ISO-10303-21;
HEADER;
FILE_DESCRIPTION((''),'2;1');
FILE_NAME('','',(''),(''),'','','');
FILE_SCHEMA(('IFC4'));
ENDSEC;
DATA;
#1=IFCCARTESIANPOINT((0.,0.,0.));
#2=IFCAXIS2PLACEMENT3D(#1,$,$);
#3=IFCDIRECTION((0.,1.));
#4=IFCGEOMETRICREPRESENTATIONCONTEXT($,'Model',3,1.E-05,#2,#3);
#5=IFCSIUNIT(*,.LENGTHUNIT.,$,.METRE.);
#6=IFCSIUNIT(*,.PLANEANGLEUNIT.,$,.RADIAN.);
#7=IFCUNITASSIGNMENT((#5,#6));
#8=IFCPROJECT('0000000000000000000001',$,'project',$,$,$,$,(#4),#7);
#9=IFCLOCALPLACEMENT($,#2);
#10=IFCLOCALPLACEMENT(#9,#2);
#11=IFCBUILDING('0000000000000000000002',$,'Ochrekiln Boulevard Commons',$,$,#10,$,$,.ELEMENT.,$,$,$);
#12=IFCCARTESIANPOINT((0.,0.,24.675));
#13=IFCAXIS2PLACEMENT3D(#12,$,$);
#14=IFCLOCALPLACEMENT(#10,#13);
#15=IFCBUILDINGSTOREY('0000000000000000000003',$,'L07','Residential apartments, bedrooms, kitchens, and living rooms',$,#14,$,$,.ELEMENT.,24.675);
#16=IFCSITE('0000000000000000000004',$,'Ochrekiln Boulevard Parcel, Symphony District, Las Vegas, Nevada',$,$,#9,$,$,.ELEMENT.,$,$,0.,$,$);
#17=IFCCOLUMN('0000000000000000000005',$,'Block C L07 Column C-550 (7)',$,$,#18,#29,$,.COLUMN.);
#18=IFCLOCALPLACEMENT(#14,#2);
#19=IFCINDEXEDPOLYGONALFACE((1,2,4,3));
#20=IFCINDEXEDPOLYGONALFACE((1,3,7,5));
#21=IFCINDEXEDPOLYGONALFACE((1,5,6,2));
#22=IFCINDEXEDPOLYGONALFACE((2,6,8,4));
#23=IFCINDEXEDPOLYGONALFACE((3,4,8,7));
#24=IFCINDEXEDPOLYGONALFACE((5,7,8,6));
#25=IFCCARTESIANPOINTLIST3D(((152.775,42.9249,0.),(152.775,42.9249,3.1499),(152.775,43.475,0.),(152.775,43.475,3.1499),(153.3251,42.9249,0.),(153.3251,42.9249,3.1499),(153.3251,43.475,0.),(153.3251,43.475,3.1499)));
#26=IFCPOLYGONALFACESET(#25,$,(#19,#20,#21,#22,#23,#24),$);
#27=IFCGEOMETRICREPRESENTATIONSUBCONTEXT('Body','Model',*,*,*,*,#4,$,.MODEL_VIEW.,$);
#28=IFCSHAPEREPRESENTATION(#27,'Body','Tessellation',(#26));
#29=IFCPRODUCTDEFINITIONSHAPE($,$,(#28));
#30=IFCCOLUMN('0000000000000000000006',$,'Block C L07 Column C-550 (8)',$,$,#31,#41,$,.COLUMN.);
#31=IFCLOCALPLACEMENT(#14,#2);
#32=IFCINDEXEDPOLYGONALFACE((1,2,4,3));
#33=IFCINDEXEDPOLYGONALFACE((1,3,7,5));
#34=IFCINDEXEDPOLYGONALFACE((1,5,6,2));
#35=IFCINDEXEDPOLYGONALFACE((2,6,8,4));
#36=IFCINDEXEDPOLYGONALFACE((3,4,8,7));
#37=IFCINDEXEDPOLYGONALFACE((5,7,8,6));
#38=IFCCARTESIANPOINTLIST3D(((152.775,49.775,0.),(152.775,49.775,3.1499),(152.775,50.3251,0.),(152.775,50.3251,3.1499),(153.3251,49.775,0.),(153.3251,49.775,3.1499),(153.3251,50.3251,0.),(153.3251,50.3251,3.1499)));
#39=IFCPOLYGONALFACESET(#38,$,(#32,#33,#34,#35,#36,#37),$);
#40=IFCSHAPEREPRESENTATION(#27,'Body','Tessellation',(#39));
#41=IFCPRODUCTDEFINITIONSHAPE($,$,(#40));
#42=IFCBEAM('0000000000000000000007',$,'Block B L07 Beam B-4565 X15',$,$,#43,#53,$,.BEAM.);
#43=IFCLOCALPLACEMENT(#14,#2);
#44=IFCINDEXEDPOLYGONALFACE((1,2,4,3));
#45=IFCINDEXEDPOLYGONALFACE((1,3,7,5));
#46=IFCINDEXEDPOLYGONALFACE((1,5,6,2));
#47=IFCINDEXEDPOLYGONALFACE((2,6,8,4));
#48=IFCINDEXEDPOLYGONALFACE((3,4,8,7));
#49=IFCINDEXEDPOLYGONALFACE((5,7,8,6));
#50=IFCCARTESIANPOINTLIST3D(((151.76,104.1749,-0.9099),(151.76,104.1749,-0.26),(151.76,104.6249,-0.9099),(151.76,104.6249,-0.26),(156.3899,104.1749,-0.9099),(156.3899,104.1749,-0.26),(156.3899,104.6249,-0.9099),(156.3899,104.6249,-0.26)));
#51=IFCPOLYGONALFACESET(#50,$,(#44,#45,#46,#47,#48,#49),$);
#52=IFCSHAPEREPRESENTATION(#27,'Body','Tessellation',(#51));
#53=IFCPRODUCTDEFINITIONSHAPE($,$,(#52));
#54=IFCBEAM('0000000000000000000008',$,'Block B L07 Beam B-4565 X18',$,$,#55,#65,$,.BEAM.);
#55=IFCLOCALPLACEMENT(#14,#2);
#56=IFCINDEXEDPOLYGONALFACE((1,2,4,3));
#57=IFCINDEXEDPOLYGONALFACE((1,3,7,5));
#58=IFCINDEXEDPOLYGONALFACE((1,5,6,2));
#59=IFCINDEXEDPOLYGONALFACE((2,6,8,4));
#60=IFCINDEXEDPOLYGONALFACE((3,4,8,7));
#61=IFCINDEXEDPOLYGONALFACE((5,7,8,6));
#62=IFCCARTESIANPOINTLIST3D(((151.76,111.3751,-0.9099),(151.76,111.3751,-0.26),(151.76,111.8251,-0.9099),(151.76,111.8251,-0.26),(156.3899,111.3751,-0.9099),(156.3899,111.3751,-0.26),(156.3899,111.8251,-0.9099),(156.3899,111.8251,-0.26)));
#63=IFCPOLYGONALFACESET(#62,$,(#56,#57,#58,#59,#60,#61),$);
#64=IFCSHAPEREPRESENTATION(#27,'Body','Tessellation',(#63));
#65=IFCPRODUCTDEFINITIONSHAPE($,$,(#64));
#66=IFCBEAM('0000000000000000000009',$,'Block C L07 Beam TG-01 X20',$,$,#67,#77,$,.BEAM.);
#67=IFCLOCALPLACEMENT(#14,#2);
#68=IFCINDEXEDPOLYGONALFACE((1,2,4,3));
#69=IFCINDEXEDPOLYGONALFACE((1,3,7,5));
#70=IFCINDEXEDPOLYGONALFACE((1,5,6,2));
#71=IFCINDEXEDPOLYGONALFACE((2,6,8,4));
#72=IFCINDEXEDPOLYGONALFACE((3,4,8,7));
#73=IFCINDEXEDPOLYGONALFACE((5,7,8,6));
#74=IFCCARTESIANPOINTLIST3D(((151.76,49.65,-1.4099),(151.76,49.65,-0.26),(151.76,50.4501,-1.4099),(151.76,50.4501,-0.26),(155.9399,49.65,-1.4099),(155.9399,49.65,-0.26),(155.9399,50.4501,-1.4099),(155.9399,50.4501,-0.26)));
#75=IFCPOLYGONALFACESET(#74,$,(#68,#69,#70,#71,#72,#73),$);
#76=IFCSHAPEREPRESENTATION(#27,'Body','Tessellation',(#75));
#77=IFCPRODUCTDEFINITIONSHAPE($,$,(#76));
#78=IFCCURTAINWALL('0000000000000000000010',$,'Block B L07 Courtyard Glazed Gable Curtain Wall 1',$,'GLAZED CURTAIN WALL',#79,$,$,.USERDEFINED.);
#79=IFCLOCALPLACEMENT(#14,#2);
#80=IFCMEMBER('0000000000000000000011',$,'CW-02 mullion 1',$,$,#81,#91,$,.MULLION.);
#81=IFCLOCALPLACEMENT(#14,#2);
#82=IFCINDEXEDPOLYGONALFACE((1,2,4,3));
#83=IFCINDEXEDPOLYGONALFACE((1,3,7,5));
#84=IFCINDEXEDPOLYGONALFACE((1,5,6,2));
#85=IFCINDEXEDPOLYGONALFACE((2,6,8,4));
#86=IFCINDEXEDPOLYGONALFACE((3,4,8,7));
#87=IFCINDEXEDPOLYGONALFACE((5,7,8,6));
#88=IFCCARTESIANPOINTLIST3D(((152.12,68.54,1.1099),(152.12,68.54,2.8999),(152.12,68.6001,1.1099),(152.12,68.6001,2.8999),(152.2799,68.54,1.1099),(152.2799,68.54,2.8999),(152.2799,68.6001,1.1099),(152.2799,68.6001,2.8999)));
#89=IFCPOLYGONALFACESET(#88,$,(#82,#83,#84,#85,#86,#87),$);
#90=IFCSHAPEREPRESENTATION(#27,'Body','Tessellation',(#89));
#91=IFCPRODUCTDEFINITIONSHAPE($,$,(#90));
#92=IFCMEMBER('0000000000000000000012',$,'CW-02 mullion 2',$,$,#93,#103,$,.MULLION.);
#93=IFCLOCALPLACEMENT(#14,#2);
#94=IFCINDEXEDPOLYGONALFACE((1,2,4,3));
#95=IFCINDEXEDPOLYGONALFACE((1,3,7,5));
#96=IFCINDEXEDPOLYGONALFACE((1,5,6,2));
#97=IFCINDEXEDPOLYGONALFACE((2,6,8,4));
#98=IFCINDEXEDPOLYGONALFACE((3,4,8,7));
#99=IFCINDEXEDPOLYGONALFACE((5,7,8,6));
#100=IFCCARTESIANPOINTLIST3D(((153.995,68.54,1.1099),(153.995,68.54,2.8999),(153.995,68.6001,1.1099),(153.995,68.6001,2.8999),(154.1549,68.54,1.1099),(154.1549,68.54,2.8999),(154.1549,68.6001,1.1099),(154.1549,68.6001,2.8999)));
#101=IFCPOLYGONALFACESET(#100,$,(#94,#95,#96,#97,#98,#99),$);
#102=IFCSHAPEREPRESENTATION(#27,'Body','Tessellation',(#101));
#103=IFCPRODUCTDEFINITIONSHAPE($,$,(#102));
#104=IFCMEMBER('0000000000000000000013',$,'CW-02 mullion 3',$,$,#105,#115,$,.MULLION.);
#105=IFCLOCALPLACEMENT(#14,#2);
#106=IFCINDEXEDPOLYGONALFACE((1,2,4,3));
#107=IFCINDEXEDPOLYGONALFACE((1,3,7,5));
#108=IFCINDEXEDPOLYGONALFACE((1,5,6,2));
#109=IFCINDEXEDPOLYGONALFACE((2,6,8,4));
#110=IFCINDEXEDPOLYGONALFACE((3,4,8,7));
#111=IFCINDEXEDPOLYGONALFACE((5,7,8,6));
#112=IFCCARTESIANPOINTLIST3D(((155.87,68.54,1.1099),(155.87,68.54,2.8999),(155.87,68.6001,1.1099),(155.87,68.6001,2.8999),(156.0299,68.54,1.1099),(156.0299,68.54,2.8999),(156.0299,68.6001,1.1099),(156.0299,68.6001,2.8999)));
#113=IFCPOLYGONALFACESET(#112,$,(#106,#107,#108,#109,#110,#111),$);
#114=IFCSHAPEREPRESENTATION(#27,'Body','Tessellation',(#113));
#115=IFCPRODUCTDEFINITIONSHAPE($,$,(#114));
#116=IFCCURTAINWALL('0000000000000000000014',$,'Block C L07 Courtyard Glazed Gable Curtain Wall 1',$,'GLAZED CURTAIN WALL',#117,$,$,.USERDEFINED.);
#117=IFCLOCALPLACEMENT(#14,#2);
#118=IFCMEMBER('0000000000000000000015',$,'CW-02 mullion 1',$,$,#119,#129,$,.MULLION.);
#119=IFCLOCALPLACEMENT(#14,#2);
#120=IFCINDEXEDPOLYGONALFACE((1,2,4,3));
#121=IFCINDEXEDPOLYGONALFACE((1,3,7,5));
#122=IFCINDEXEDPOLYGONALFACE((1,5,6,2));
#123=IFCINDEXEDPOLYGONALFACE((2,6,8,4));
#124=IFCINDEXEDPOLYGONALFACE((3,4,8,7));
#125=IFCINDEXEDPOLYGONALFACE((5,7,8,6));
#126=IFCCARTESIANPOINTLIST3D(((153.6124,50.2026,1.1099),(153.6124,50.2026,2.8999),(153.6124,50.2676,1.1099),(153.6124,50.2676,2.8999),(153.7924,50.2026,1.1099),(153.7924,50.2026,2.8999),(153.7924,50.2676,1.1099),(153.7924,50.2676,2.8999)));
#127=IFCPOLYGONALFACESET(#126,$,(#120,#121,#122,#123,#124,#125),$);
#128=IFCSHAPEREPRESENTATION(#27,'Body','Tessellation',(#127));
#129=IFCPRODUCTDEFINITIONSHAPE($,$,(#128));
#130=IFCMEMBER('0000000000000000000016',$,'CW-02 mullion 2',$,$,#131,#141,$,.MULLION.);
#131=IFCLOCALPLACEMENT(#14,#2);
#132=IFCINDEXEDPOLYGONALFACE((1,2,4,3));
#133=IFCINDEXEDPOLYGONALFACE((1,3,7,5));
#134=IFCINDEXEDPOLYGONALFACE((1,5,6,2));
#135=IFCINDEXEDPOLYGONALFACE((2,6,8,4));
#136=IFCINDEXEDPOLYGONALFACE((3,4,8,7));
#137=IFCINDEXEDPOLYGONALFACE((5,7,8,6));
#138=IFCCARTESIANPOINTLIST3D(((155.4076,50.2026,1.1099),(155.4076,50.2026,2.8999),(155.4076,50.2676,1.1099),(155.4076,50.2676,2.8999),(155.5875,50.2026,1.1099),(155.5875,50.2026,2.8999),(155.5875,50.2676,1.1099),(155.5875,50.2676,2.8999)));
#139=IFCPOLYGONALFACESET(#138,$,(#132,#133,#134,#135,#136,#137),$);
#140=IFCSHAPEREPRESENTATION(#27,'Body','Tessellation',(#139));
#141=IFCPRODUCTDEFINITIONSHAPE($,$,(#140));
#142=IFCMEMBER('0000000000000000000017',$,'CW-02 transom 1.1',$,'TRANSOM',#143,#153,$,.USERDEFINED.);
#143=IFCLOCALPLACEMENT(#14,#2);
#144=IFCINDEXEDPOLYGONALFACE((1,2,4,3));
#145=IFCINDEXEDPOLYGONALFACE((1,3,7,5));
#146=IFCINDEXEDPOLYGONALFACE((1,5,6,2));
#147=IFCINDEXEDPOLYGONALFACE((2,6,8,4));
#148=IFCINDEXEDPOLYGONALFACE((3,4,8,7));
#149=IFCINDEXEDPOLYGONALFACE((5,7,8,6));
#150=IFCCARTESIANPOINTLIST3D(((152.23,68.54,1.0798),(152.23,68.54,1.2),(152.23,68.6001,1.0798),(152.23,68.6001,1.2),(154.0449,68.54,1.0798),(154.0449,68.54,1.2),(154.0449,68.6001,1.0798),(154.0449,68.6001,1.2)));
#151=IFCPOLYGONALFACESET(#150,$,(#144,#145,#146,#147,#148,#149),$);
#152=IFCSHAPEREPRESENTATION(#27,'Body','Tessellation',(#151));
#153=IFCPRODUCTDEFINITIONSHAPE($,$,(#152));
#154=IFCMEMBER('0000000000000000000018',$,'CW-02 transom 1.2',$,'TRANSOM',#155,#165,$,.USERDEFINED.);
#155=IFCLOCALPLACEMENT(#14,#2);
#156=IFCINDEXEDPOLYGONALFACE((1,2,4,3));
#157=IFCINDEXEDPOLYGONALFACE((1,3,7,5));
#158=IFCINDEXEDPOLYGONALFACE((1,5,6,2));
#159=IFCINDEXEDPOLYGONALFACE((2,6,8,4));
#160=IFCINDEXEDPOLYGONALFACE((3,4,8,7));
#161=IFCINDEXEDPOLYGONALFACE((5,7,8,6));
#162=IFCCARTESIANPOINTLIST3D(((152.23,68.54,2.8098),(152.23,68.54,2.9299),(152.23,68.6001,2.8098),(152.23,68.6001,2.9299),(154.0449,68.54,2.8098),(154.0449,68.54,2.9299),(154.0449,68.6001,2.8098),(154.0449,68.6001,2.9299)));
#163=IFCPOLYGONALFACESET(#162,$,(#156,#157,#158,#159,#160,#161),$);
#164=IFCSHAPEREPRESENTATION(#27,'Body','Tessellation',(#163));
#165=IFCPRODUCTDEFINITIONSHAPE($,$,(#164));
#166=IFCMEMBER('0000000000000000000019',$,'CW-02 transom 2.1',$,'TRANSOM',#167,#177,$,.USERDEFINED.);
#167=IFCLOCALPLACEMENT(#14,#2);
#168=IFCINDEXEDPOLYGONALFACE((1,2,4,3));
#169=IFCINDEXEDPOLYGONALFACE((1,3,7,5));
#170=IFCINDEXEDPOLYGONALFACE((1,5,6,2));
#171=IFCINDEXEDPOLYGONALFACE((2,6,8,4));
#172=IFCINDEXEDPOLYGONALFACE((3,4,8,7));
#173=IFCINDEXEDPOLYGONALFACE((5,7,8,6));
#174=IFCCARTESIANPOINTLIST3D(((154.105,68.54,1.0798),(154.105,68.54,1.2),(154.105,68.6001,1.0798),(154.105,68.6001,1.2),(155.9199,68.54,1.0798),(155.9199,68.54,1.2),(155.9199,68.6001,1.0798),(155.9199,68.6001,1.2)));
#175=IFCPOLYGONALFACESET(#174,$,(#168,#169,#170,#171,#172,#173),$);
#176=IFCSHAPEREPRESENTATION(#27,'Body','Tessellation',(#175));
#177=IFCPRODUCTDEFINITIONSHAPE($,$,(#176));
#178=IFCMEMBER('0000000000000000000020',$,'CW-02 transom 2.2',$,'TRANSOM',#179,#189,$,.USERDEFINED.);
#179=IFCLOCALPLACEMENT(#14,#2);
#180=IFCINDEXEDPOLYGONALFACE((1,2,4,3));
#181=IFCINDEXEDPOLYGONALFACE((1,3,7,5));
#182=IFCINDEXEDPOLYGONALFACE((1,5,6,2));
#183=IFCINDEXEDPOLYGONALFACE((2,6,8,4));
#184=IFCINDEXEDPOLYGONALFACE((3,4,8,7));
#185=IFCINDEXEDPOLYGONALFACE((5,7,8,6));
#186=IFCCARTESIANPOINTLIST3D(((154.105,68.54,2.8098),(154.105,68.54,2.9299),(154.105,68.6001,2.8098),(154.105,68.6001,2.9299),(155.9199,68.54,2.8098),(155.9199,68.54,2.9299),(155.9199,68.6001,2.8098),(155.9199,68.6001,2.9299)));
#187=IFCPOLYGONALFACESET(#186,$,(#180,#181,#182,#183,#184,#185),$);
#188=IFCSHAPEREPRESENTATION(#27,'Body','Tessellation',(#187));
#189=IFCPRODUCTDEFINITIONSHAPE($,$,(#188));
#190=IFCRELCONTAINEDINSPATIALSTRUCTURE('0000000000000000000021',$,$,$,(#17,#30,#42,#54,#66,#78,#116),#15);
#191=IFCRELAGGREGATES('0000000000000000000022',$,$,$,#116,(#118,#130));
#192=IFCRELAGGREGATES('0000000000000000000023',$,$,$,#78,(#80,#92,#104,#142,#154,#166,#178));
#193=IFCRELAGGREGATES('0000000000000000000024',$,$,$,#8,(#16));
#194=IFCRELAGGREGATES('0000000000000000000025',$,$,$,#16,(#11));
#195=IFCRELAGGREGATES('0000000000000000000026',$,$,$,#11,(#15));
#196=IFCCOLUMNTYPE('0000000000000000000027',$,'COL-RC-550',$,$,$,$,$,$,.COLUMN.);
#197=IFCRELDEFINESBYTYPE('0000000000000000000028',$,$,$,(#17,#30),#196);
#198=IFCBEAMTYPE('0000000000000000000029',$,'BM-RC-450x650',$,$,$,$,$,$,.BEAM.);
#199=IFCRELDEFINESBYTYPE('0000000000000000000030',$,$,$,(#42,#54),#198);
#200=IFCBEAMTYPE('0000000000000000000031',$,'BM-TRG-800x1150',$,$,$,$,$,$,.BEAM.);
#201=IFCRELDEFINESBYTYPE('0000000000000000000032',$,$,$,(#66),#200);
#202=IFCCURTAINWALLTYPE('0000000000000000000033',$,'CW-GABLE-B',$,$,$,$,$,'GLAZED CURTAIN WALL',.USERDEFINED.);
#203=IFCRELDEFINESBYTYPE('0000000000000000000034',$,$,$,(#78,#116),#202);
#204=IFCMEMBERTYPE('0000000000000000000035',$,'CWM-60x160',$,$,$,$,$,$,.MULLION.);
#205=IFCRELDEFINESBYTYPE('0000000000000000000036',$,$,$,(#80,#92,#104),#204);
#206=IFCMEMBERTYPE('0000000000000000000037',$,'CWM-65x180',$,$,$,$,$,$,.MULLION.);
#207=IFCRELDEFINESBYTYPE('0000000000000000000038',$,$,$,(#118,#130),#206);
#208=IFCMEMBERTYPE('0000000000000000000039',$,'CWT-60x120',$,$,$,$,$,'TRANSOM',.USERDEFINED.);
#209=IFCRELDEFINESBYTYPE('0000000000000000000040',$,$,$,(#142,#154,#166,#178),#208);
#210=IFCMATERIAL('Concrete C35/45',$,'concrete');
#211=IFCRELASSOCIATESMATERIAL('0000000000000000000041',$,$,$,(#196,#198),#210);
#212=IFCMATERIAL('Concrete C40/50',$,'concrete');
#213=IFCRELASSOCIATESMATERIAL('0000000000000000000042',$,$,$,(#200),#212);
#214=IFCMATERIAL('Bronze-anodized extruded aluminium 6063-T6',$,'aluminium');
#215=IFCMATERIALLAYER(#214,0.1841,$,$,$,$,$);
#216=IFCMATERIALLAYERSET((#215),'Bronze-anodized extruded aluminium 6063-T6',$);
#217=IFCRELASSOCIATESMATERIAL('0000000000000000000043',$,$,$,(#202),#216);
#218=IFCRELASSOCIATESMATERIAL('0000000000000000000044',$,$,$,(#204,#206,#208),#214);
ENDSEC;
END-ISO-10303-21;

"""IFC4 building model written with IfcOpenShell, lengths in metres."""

from ifc_helpers import new_model, si_unit, direction, frame, origin, origin_2d, place, context, subcontext, project, spatial, rectangle, extrude, material, layer, layer_set, material_profile, profile_set, type_object, element, aggregate, save


model = new_model("IFC4")

# Units and contexts
model_context = context("Model", 3, precision=1e-05, world=origin(), true_north=direction((0.0, 1.0)))
body_context = subcontext(model_context, "Body", "Model", "MODEL_VIEW")
ifc_project = project(units=[si_unit("LENGTHUNIT", "METRE"), si_unit("PLANEANGLEUNIT", "RADIAN")], contexts=[model_context])

# Site, building, storey
site_placement = place(None, origin())
site = spatial("IfcSite", under=ifc_project, at=site_placement, Name="Ochrekiln Boulevard Parcel, Symphony District, Las Vegas, Nevada", CompositionType="ELEMENT", RefElevation=0.0)
building_placement = place(site_placement, origin())
building = spatial("IfcBuilding", under=site, at=building_placement, Name="Ochrekiln Boulevard Commons", CompositionType="ELEMENT")
storey_placement = place(building_placement, frame((0.0, 0.0, 24.675)))
storey = spatial("IfcBuildingStorey", under=building, at=storey_placement, Name="L07", Description="Residential apartments, bedrooms, kitchens, and living rooms", CompositionType="ELEMENT", Elevation=24.675)

# Columns
ifc_material_1 = material(Name="Concrete C35/45", Category="concrete")
ifc_material_profile_1 = material_profile(ifc_material_1, rectangle(XDim=0.55, YDim=0.55, at=origin_2d()), Name="RC-COL-550x550")
ifc_profile_set_1 = profile_set([ifc_material_profile_1], Name="Concrete C35/45")
column_type = type_object("IfcColumnType", Name="COL-RC-550", PredefinedType="COLUMN", material=ifc_profile_set_1)
for number, where, z_axis, x_axis, name in (
    (1, (153.05, 43.2, 0.0), (0.0, 0.0, 1.0), (1.0, 0.0, 0.0), "Block C L07 Column C-550 (7)"),
    (2, (153.05, 50.05, 0.0), (0.0, 0.0, 1.0), (1.0, 0.0, 0.0), "Block C L07 Column C-550 (8)"),
):
    element("IfcColumn", number, at=place(storey_placement, frame(where, z_axis=z_axis, x_axis=x_axis)), inside=storey, type_object=column_type, Name=name, PredefinedType="COLUMN", context=body_context, shape_type="SweptSolid", body=[
        extrude(rectangle(XDim=0.55, YDim=0.55, at=origin_2d()), origin(), (0.0, 0.0, 1.0), 3.1499),
    ])

# Beams
ifc_material_profile_2 = material_profile(ifc_material_1, rectangle(XDim=0.45, YDim=0.6499, at=origin_2d()), Name="RC-BM-450x650")
ifc_profile_set_2 = profile_set([ifc_material_profile_2], Name="Concrete C35/45")
beam_type_1 = type_object("IfcBeamType", Name="BM-RC-450x650", PredefinedType="BEAM", material=ifc_profile_set_2)
for number, where, z_axis, x_axis, name in (
    (3, (151.76, 104.3999, -0.585), (1.0, 0.0, 0.0), (0.0, 1.0, 0.0), "Block B L07 Beam B-4565 X15"),
    (4, (151.76, 111.6001, -0.585), (1.0, 0.0, 0.0), (0.0, 1.0, 0.0), "Block B L07 Beam B-4565 X18"),
):
    element("IfcBeam", number, at=place(storey_placement, frame(where, z_axis=z_axis, x_axis=x_axis)), inside=storey, type_object=beam_type_1, Name=name, PredefinedType="BEAM", context=body_context, shape_type="SweptSolid", body=[
        extrude(rectangle(XDim=0.45, YDim=0.6499, at=origin_2d()), origin(), (0.0, 0.0, 1.0), 4.6299),
    ])
ifc_material_2 = material(Name="Concrete C40/50", Category="concrete")
ifc_material_profile_3 = material_profile(ifc_material_2, rectangle(XDim=0.8, YDim=1.1499, at=origin_2d()), Name="RC-TRG-800x1150")
ifc_profile_set_3 = profile_set([ifc_material_profile_3], Name="Concrete C40/50")
beam_type_2 = type_object("IfcBeamType", Name="BM-TRG-800x1150", PredefinedType="BEAM", material=ifc_profile_set_3)
beam_1_placement = place(storey_placement, frame((151.76, 50.05, -0.835), z_axis=(1.0, 0.0, 0.0), x_axis=(0.0, 1.0, 0.0)))
element("IfcBeam", 5, at=beam_1_placement, inside=storey, type_object=beam_type_2, Name="Block C L07 Beam TG-01 X20", PredefinedType="BEAM", context=body_context, shape_type="SweptSolid", body=[
    extrude(rectangle(XDim=0.8, YDim=1.1499, at=origin_2d()), origin(), (0.0, 0.0, 1.0), 4.1799),
])

# Curtain walls, members
ifc_material_3 = material(Name="Bronze-anodized extruded aluminium 6063-T6", Category="aluminium")
ifc_layer_1 = layer(ifc_material_3, 0.1841)
ifc_layer_set_1 = layer_set([ifc_layer_1], Name="Bronze-anodized extruded aluminium 6063-T6")
curtain_wall_type = type_object("IfcCurtainWallType", Name="CW-GABLE-B", ElementType="GLAZED CURTAIN WALL", PredefinedType="USERDEFINED", material=ifc_layer_set_1)
curtain_wall_1_placement = place(storey_placement, origin())
curtain_wall_1 = element("IfcCurtainWall", 6, at=curtain_wall_1_placement, inside=storey, type_object=curtain_wall_type, Name="Block B L07 Courtyard Glazed Gable Curtain Wall 1", ObjectType="GLAZED CURTAIN WALL", PredefinedType="USERDEFINED")
ifc_material_profile_4 = material_profile(ifc_material_3, rectangle(XDim=0.0601, YDim=0.1599, at=origin_2d()), Name="ALU-MUL-60x160")
ifc_profile_set_4 = profile_set([ifc_material_profile_4], Name="Bronze-anodized extruded aluminium 6063-T6")
member_type_1 = type_object("IfcMemberType", Name="CWM-60x160", PredefinedType="MULLION", material=ifc_profile_set_4)
member_1_placement = place(storey_placement, frame((152.2, 68.5701, 1.1099), z_axis=(0.0, 0.0, 1.0), x_axis=(0.0, 1.0, 0.0)))
member_1 = element("IfcMember", 7, at=member_1_placement, type_object=member_type_1, Name="CW-02 mullion 1", PredefinedType="MULLION", context=body_context, shape_type="SweptSolid", body=[
    extrude(rectangle(XDim=0.0601, YDim=0.1599, at=origin_2d()), origin(), (0.0, 0.0, 1.0), 1.79),
])
member_2_placement = place(storey_placement, frame((154.075, 68.5701, 1.1099), z_axis=(0.0, 0.0, 1.0), x_axis=(0.0, 1.0, 0.0)))
member_2 = element("IfcMember", 8, at=member_2_placement, type_object=member_type_1, Name="CW-02 mullion 2", PredefinedType="MULLION", context=body_context, shape_type="SweptSolid", body=[
    extrude(rectangle(XDim=0.0601, YDim=0.1599, at=origin_2d()), origin(), (0.0, 0.0, 1.0), 1.79),
])
member_3_placement = place(storey_placement, frame((155.95, 68.5701, 1.1099), z_axis=(0.0, 0.0, 1.0), x_axis=(0.0, 1.0, 0.0)))
member_3 = element("IfcMember", 9, at=member_3_placement, type_object=member_type_1, Name="CW-02 mullion 3", PredefinedType="MULLION", context=body_context, shape_type="SweptSolid", body=[
    extrude(rectangle(XDim=0.0601, YDim=0.1599, at=origin_2d()), origin(), (0.0, 0.0, 1.0), 1.79),
])
curtain_wall_2_placement = place(storey_placement, origin())
curtain_wall_2 = element("IfcCurtainWall", 10, at=curtain_wall_2_placement, inside=storey, type_object=curtain_wall_type, Name="Block C L07 Courtyard Glazed Gable Curtain Wall 1", ObjectType="GLAZED CURTAIN WALL", PredefinedType="USERDEFINED")
ifc_material_profile_5 = material_profile(ifc_material_3, rectangle(XDim=0.0649, YDim=0.1799, at=origin_2d()), Name="ALU-MUL-65x180")
ifc_profile_set_5 = profile_set([ifc_material_profile_5], Name="Bronze-anodized extruded aluminium 6063-T6")
member_type_2 = type_object("IfcMemberType", Name="CWM-65x180", PredefinedType="MULLION", material=ifc_profile_set_5)
member_4_placement = place(storey_placement, frame((153.7024, 50.2351, 1.1099), z_axis=(0.0, 0.0, 1.0), x_axis=(0.0, 1.0, 0.0)))
member_4 = element("IfcMember", 11, at=member_4_placement, type_object=member_type_2, Name="CW-02 mullion 1", PredefinedType="MULLION", context=body_context, shape_type="SweptSolid", body=[
    extrude(rectangle(XDim=0.0649, YDim=0.1799, at=origin_2d()), origin(), (0.0, 0.0, 1.0), 1.79),
])
member_5_placement = place(storey_placement, frame((155.4976, 50.2351, 1.1099), z_axis=(0.0, 0.0, 1.0), x_axis=(0.0, 1.0, 0.0)))
member_5 = element("IfcMember", 12, at=member_5_placement, type_object=member_type_2, Name="CW-02 mullion 2", PredefinedType="MULLION", context=body_context, shape_type="SweptSolid", body=[
    extrude(rectangle(XDim=0.0649, YDim=0.1799, at=origin_2d()), origin(), (0.0, 0.0, 1.0), 1.79),
])

# Members
ifc_material_profile_6 = material_profile(ifc_material_3, rectangle(XDim=0.0601, YDim=0.1201, at=origin_2d()), Name="ALU-TRN-60x120")
ifc_profile_set_6 = profile_set([ifc_material_profile_6], Name="Bronze-anodized extruded aluminium 6063-T6")
member_type_3 = type_object("IfcMemberType", Name="CWT-60x120", ElementType="TRANSOM", PredefinedType="USERDEFINED", material=ifc_profile_set_6)
member_6_placement = place(storey_placement, frame((152.23, 68.5701, 1.1399), z_axis=(1.0, 0.0, 0.0), x_axis=(0.0, 1.0, 0.0)))
member_6 = element("IfcMember", 13, at=member_6_placement, type_object=member_type_3, Name="CW-02 transom 1.1", ObjectType="TRANSOM", PredefinedType="USERDEFINED", context=body_context, shape_type="SweptSolid", body=[
    extrude(rectangle(XDim=0.0601, YDim=0.1201, at=origin_2d()), origin(), (0.0, 0.0, 1.0), 1.8149),
])
member_7_placement = place(storey_placement, frame((152.23, 68.5701, 2.8699), z_axis=(1.0, 0.0, 0.0), x_axis=(0.0, 1.0, 0.0)))
member_7 = element("IfcMember", 14, at=member_7_placement, type_object=member_type_3, Name="CW-02 transom 1.2", ObjectType="TRANSOM", PredefinedType="USERDEFINED", context=body_context, shape_type="SweptSolid", body=[
    extrude(rectangle(XDim=0.0601, YDim=0.1201, at=origin_2d()), origin(), (0.0, 0.0, 1.0), 1.8149),
])
member_8_placement = place(storey_placement, frame((154.105, 68.5701, 1.1399), z_axis=(1.0, 0.0, 0.0), x_axis=(0.0, 1.0, 0.0)))
member_8 = element("IfcMember", 15, at=member_8_placement, type_object=member_type_3, Name="CW-02 transom 2.1", ObjectType="TRANSOM", PredefinedType="USERDEFINED", context=body_context, shape_type="SweptSolid", body=[
    extrude(rectangle(XDim=0.0601, YDim=0.1201, at=origin_2d()), origin(), (0.0, 0.0, 1.0), 1.8149),
])
member_9_placement = place(storey_placement, frame((154.105, 68.5701, 2.8699), z_axis=(1.0, 0.0, 0.0), x_axis=(0.0, 1.0, 0.0)))
member_9 = element("IfcMember", 16, at=member_9_placement, type_object=member_type_3, Name="CW-02 transom 2.2", ObjectType="TRANSOM", PredefinedType="USERDEFINED", context=body_context, shape_type="SweptSolid", body=[
    extrude(rectangle(XDim=0.0601, YDim=0.1201, at=origin_2d()), origin(), (0.0, 0.0, 1.0), 1.8149),
])

aggregate(curtain_wall_2, [member_4, member_5])
aggregate(curtain_wall_1, [member_1, member_2, member_3, member_6, member_7, member_8, member_9])

save(model, "model.ifc")
